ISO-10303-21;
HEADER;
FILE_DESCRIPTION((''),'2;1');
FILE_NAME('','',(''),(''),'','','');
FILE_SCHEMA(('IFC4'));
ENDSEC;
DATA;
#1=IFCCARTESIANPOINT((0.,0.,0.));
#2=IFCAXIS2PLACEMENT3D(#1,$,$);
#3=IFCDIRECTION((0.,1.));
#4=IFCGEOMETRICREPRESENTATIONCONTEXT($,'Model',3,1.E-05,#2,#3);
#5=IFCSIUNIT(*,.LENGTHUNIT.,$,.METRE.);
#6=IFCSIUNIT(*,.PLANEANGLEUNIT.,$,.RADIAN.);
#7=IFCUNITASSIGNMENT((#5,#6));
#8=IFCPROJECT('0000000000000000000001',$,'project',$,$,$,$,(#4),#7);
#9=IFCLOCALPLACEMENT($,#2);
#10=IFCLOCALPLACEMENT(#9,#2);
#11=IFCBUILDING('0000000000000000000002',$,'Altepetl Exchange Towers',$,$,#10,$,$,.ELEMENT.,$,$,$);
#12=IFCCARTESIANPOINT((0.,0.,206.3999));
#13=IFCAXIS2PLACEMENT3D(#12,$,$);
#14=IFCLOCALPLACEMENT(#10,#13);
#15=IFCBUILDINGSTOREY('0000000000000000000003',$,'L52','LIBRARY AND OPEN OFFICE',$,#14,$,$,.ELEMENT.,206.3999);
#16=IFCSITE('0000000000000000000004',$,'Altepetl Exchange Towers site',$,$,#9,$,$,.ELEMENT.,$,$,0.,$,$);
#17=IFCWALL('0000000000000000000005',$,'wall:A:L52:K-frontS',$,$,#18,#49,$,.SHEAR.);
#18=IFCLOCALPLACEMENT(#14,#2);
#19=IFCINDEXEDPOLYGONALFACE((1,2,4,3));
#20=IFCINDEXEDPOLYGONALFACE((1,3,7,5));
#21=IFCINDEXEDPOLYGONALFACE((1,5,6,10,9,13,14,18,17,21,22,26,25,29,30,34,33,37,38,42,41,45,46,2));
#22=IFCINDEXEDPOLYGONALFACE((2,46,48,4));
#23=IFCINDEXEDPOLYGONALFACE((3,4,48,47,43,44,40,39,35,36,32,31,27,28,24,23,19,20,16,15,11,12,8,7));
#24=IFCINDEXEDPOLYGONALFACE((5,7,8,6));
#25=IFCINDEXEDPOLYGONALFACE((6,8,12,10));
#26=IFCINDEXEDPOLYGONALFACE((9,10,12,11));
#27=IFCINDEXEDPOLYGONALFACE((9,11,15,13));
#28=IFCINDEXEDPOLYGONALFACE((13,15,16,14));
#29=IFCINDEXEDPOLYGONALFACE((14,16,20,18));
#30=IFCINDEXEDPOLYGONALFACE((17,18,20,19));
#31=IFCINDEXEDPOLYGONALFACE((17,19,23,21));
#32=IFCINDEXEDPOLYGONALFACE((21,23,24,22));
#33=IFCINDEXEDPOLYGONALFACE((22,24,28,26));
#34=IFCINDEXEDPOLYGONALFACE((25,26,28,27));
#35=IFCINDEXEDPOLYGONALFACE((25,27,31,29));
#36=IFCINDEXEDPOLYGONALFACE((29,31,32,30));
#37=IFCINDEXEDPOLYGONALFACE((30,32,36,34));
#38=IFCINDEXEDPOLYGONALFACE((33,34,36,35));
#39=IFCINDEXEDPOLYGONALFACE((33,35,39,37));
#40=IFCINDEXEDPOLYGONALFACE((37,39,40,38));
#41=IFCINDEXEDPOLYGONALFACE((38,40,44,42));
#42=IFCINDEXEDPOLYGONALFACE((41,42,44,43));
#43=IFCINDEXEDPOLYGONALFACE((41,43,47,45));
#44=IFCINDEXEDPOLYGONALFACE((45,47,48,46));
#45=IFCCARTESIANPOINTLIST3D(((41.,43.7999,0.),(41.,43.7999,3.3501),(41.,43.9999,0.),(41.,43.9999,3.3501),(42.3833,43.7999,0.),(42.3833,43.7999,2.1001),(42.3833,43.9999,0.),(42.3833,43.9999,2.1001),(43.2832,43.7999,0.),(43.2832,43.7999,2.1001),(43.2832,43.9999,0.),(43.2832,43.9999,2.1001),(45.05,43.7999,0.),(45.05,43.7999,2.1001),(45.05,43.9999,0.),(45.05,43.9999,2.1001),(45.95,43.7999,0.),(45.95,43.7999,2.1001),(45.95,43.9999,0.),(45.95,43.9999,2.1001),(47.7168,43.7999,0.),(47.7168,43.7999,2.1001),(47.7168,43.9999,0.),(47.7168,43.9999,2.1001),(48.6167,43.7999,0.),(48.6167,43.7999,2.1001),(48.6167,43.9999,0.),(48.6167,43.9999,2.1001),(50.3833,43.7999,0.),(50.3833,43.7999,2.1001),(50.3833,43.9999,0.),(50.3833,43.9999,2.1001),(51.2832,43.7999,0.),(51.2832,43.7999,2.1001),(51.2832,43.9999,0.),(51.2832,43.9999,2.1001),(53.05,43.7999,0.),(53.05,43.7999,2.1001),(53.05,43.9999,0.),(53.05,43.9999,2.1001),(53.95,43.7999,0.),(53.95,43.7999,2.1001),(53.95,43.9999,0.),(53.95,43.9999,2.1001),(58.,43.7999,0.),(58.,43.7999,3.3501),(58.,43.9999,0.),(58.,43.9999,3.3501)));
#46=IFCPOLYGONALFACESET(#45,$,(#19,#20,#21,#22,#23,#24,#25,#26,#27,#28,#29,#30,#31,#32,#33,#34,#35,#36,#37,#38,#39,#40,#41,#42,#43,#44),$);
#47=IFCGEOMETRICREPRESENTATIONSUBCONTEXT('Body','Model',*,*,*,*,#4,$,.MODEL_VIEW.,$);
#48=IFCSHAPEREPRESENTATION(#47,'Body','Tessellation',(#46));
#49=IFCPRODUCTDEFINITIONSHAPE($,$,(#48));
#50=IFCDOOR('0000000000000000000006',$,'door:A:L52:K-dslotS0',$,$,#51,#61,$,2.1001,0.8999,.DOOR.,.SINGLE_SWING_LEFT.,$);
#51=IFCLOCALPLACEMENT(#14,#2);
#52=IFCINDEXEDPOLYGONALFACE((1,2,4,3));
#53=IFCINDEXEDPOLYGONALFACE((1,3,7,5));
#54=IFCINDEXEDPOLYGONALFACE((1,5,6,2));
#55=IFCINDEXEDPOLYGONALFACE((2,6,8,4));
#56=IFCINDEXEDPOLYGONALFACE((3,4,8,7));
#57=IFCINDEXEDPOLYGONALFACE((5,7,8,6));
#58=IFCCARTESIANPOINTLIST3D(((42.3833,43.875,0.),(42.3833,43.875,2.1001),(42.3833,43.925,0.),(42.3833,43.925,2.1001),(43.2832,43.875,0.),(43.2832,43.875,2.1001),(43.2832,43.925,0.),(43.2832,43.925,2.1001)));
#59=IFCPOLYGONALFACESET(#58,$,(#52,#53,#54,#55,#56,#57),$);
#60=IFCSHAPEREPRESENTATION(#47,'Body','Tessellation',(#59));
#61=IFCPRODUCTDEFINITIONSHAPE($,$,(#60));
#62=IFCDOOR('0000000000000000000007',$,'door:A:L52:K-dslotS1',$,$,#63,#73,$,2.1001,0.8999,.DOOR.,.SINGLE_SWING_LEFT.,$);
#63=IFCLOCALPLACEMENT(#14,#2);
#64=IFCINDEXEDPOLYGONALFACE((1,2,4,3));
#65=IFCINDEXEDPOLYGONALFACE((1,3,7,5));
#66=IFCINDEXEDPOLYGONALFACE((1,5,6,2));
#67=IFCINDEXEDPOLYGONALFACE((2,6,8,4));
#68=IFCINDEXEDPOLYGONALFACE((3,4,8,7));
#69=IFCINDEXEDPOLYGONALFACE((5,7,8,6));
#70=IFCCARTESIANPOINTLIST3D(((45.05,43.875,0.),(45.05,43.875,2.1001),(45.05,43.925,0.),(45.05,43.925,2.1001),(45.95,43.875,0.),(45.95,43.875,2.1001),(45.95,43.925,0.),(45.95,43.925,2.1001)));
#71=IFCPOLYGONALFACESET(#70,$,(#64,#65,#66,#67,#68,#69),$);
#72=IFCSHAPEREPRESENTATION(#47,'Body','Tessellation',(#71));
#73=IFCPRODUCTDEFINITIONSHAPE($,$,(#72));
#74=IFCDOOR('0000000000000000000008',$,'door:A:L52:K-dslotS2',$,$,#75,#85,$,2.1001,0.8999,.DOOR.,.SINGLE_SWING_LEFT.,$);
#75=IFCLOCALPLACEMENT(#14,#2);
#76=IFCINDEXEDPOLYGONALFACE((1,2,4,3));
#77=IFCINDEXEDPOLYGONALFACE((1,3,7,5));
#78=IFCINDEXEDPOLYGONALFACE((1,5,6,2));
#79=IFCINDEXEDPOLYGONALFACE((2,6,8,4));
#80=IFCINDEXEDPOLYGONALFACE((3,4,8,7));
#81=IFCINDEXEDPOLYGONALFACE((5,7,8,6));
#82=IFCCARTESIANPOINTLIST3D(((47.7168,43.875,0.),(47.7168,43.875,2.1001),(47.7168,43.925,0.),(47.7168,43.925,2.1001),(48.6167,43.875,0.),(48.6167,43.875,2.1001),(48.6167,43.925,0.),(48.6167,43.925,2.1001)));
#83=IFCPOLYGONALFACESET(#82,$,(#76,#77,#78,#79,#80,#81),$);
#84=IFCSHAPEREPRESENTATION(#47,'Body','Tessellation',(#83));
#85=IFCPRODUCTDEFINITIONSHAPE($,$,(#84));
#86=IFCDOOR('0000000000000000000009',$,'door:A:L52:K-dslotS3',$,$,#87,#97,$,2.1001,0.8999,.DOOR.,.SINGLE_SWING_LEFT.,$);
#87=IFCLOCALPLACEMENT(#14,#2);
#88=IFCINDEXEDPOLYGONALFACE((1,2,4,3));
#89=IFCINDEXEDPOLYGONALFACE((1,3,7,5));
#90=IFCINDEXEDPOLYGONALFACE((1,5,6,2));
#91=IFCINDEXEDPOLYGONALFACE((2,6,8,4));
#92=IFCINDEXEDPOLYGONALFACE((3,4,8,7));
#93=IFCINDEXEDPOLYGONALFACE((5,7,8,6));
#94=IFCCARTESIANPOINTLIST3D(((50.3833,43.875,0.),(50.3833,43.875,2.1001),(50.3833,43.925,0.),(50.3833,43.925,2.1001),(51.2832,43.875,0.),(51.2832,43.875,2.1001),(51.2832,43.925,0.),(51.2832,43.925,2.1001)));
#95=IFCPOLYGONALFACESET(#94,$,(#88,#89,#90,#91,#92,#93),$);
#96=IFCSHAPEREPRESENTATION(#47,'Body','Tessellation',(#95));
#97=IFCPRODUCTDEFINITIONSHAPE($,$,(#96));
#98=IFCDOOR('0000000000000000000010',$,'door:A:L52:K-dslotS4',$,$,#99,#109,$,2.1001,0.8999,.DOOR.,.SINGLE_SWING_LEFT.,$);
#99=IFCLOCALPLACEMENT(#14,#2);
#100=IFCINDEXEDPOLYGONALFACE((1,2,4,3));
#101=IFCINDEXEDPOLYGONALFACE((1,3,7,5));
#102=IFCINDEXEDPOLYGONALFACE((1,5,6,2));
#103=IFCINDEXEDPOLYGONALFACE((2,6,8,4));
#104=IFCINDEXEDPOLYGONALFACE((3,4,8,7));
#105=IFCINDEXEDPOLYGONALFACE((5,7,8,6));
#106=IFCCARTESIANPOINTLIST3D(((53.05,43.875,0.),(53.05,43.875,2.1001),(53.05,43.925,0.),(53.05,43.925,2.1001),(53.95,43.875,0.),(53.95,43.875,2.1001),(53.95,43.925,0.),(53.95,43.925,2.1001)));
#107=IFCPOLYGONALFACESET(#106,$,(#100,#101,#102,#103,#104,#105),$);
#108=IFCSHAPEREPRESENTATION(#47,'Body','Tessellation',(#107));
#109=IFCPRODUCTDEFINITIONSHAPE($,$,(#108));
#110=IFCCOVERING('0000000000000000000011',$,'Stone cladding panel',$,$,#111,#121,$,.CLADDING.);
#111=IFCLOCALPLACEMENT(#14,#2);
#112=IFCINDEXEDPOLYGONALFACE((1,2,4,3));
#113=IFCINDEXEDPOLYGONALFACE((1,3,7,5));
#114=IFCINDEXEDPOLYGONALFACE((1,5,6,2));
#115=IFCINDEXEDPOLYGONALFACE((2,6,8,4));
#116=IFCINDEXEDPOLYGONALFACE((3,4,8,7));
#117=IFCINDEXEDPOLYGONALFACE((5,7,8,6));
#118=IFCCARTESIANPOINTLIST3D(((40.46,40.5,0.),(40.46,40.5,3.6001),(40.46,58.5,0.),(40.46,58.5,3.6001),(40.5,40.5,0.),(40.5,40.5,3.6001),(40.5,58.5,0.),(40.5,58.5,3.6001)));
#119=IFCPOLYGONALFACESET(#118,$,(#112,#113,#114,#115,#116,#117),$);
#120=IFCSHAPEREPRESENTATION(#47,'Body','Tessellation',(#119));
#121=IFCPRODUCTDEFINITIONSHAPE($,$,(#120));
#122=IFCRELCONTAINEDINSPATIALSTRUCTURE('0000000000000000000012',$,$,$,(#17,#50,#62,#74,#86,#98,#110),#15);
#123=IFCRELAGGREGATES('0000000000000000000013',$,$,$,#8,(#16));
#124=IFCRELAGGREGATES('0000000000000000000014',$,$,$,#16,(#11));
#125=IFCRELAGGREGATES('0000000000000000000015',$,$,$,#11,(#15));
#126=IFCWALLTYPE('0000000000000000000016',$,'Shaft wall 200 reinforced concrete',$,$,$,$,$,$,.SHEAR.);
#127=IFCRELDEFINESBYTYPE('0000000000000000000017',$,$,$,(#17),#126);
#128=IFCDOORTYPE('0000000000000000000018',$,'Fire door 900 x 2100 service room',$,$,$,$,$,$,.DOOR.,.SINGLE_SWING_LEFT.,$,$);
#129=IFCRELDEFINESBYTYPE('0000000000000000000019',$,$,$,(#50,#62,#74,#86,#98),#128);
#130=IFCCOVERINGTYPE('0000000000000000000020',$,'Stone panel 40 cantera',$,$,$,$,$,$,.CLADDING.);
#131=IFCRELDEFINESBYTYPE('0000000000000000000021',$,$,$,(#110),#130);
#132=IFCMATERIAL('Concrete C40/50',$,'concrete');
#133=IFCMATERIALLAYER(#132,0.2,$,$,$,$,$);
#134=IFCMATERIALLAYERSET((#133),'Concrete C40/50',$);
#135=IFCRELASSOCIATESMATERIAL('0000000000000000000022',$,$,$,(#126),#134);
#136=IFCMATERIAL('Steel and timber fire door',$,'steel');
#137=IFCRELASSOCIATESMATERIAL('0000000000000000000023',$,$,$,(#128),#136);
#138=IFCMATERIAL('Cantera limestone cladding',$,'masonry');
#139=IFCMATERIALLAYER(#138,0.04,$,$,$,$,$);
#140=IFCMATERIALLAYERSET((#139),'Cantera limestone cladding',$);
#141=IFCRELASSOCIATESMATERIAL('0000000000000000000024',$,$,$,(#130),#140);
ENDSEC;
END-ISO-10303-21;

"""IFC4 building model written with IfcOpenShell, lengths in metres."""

from ifc_helpers import new_model, si_unit, direction, frame, frame_2d, origin, origin_2d, place, context, subcontext, project, spatial, rectangle, extrude, material, layer, layer_set, type_object, element, fill, save


model = new_model("IFC4")

# Units and contexts
model_context = context("Model", 3, precision=1e-05, world=origin(), true_north=direction((0.0, 1.0)))
body_context = subcontext(model_context, "Body", "Model", "MODEL_VIEW")
ifc_project = project(units=[si_unit("LENGTHUNIT", "METRE"), si_unit("PLANEANGLEUNIT", "RADIAN")], contexts=[model_context])

# Site, building, storey
site_placement = place(None, origin())
site = spatial("IfcSite", under=ifc_project, at=site_placement, Name="Altepetl Exchange Towers site", CompositionType="ELEMENT", RefElevation=0.0)
building_placement = place(site_placement, origin())
building = spatial("IfcBuilding", under=site, at=building_placement, Name="Altepetl Exchange Towers", CompositionType="ELEMENT")
storey_placement = place(building_placement, frame((0.0, 0.0, 206.3999)))
storey = spatial("IfcBuildingStorey", under=building, at=storey_placement, Name="L52", Description="LIBRARY AND OPEN OFFICE", CompositionType="ELEMENT", Elevation=206.3999)

# Wall, openings, doors
ifc_material_1 = material(Name="Concrete C40/50", Category="concrete")
ifc_layer_1 = layer(ifc_material_1, 0.2)
ifc_layer_set_1 = layer_set([ifc_layer_1], Name="Concrete C40/50")
wall_type_1 = type_object("IfcWallType", Name="Shaft wall 200 reinforced concrete", PredefinedType="SHEAR", material=ifc_layer_set_1)
wall_1_placement = place(storey_placement, frame((41.0, 43.8999, 0.0)))
wall_1 = element("IfcWall", 1, at=wall_1_placement, inside=storey, type_object=wall_type_1, Name="wall:A:L52:K-frontS", PredefinedType="SHEAR", context=body_context, shape_type="SweptSolid", body=[
    extrude(rectangle(XDim=17.0, YDim=0.2, at=frame_2d((8.5, 0.0))), origin(), (0.0, 0.0, 1.0), 3.3501),
])
opening_1_placement = place(wall_1_placement, frame((1.3833, 0.0, 0.0)))
opening_1 = element("IfcOpeningElement", 2, at=opening_1_placement, cuts=wall_1, PredefinedType="OPENING", context=body_context, shape_type="SweptSolid", body=[
    extrude(rectangle(XDim=0.8999, YDim=2.1001, at=frame_2d((0.45, 1.05))), frame((0.0, 0.1099, 0.0), z_axis=(0.0, -1.0, 0.0), x_axis=(1.0, 0.0, 0.0)), (0.0, 0.0, 1.0), 0.22),
])
opening_2_placement = place(wall_1_placement, frame((4.05, 0.0, 0.0)))
opening_2 = element("IfcOpeningElement", 3, at=opening_2_placement, cuts=wall_1, PredefinedType="OPENING", context=body_context, shape_type="SweptSolid", body=[
    extrude(rectangle(XDim=0.8999, YDim=2.1001, at=frame_2d((0.45, 1.05))), frame((0.0, 0.1099, 0.0), z_axis=(0.0, -1.0, 0.0), x_axis=(1.0, 0.0, 0.0)), (0.0, 0.0, 1.0), 0.22),
])
opening_3_placement = place(wall_1_placement, frame((6.7168, 0.0, 0.0)))
opening_3 = element("IfcOpeningElement", 4, at=opening_3_placement, cuts=wall_1, PredefinedType="OPENING", context=body_context, shape_type="SweptSolid", body=[
    extrude(rectangle(XDim=0.8999, YDim=2.1001, at=frame_2d((0.45, 1.05))), frame((0.0, 0.1099, 0.0), z_axis=(0.0, -1.0, 0.0), x_axis=(1.0, 0.0, 0.0)), (0.0, 0.0, 1.0), 0.22),
])
opening_4_placement = place(wall_1_placement, frame((9.3833, 0.0, 0.0)))
opening_4 = element("IfcOpeningElement", 5, at=opening_4_placement, cuts=wall_1, PredefinedType="OPENING", context=body_context, shape_type="SweptSolid", body=[
    extrude(rectangle(XDim=0.8999, YDim=2.1001, at=frame_2d((0.45, 1.05))), frame((0.0, 0.1099, 0.0), z_axis=(0.0, -1.0, 0.0), x_axis=(1.0, 0.0, 0.0)), (0.0, 0.0, 1.0), 0.22),
])
opening_5_placement = place(wall_1_placement, frame((12.05, 0.0, 0.0)))
opening_5 = element("IfcOpeningElement", 6, at=opening_5_placement, cuts=wall_1, PredefinedType="OPENING", context=body_context, shape_type="SweptSolid", body=[
    extrude(rectangle(XDim=0.8999, YDim=2.1001, at=frame_2d((0.45, 1.05))), frame((0.0, 0.1099, 0.0), z_axis=(0.0, -1.0, 0.0), x_axis=(1.0, 0.0, 0.0)), (0.0, 0.0, 1.0), 0.22),
])
ifc_material_2 = material(Name="Steel and timber fire door", Category="steel")
door_type = type_object("IfcDoorType", Name="Fire door 900 x 2100 service room", OperationType="SINGLE_SWING_LEFT", PredefinedType="DOOR", material=ifc_material_2)
door_1_placement = place(opening_1_placement, frame((0.8999, 0.0, 0.0), x_axis=(-1.0, 0.0, 0.0)))
door_1 = element("IfcDoor", 7, at=door_1_placement, inside=storey, type_object=door_type, Name="door:A:L52:K-dslotS0", OperationType="SINGLE_SWING_LEFT", OverallHeight=2.1001, OverallWidth=0.8999, PredefinedType="DOOR", context=body_context, shape_type="SweptSolid", body=[
    extrude(rectangle(XDim=0.8999, YDim=2.1001, at=frame_2d((0.45, 1.05))), frame((0.0, 0.0249, 0.0), z_axis=(0.0, -1.0, 0.0), x_axis=(1.0, 0.0, 0.0)), (0.0, 0.0, 1.0), 0.05),
])
fill(opening_1, door_1)
door_2_placement = place(opening_2_placement, frame((0.8999, 0.0, 0.0), x_axis=(-1.0, 0.0, 0.0)))
door_2 = element("IfcDoor", 8, at=door_2_placement, inside=storey, type_object=door_type, Name="door:A:L52:K-dslotS1", OperationType="SINGLE_SWING_LEFT", OverallHeight=2.1001, OverallWidth=0.8999, PredefinedType="DOOR", context=body_context, shape_type="SweptSolid", body=[
    extrude(rectangle(XDim=0.8999, YDim=2.1001, at=frame_2d((0.45, 1.05))), frame((0.0, 0.0249, 0.0), z_axis=(0.0, -1.0, 0.0), x_axis=(1.0, 0.0, 0.0)), (0.0, 0.0, 1.0), 0.05),
])
fill(opening_2, door_2)
door_3_placement = place(opening_3_placement, frame((0.8999, 0.0, 0.0), x_axis=(-1.0, 0.0, 0.0)))
door_3 = element("IfcDoor", 9, at=door_3_placement, inside=storey, type_object=door_type, Name="door:A:L52:K-dslotS2", OperationType="SINGLE_SWING_LEFT", OverallHeight=2.1001, OverallWidth=0.8999, PredefinedType="DOOR", context=body_context, shape_type="SweptSolid", body=[
    extrude(rectangle(XDim=0.8999, YDim=2.1001, at=frame_2d((0.45, 1.05))), frame((0.0, 0.0249, 0.0), z_axis=(0.0, -1.0, 0.0), x_axis=(1.0, 0.0, 0.0)), (0.0, 0.0, 1.0), 0.05),
])
fill(opening_3, door_3)
door_4_placement = place(opening_4_placement, frame((0.8999, 0.0, 0.0), x_axis=(-1.0, 0.0, 0.0)))
door_4 = element("IfcDoor", 10, at=door_4_placement, inside=storey, type_object=door_type, Name="door:A:L52:K-dslotS3", OperationType="SINGLE_SWING_LEFT", OverallHeight=2.1001, OverallWidth=0.8999, PredefinedType="DOOR", context=body_context, shape_type="SweptSolid", body=[
    extrude(rectangle(XDim=0.8999, YDim=2.1001, at=frame_2d((0.45, 1.05))), frame((0.0, 0.0249, 0.0), z_axis=(0.0, -1.0, 0.0), x_axis=(1.0, 0.0, 0.0)), (0.0, 0.0, 1.0), 0.05),
])
fill(opening_4, door_4)
door_5_placement = place(opening_5_placement, frame((0.8999, 0.0, 0.0), x_axis=(-1.0, 0.0, 0.0)))
door_5 = element("IfcDoor", 11, at=door_5_placement, inside=storey, type_object=door_type, Name="door:A:L52:K-dslotS4", OperationType="SINGLE_SWING_LEFT", OverallHeight=2.1001, OverallWidth=0.8999, PredefinedType="DOOR", context=body_context, shape_type="SweptSolid", body=[
    extrude(rectangle(XDim=0.8999, YDim=2.1001, at=frame_2d((0.45, 1.05))), frame((0.0, 0.0249, 0.0), z_axis=(0.0, -1.0, 0.0), x_axis=(1.0, 0.0, 0.0)), (0.0, 0.0, 1.0), 0.05),
])
fill(opening_5, door_5)

# Covering
ifc_material_3 = material(Name="Cantera limestone cladding", Category="masonry")
ifc_layer_2 = layer(ifc_material_3, 0.04)
ifc_layer_set_2 = layer_set([ifc_layer_2], Name="Cantera limestone cladding")
covering_type = type_object("IfcCoveringType", Name="Stone panel 40 cantera", PredefinedType="CLADDING", material=ifc_layer_set_2)
covering_placement = place(storey_placement, frame((40.48, 49.5, 0.0), z_axis=(0.0, 0.0, 1.0), x_axis=(0.0, -1.0, 0.0)))
element("IfcCovering", 12, at=covering_placement, inside=storey, type_object=covering_type, Name="Stone cladding panel", PredefinedType="CLADDING", context=body_context, shape_type="SweptSolid", body=[
    extrude(rectangle(XDim=18.0, YDim=0.04, at=origin_2d()), origin(), (0.0, 0.0, 1.0), 3.6001),
])

save(model, "model.ifc")
